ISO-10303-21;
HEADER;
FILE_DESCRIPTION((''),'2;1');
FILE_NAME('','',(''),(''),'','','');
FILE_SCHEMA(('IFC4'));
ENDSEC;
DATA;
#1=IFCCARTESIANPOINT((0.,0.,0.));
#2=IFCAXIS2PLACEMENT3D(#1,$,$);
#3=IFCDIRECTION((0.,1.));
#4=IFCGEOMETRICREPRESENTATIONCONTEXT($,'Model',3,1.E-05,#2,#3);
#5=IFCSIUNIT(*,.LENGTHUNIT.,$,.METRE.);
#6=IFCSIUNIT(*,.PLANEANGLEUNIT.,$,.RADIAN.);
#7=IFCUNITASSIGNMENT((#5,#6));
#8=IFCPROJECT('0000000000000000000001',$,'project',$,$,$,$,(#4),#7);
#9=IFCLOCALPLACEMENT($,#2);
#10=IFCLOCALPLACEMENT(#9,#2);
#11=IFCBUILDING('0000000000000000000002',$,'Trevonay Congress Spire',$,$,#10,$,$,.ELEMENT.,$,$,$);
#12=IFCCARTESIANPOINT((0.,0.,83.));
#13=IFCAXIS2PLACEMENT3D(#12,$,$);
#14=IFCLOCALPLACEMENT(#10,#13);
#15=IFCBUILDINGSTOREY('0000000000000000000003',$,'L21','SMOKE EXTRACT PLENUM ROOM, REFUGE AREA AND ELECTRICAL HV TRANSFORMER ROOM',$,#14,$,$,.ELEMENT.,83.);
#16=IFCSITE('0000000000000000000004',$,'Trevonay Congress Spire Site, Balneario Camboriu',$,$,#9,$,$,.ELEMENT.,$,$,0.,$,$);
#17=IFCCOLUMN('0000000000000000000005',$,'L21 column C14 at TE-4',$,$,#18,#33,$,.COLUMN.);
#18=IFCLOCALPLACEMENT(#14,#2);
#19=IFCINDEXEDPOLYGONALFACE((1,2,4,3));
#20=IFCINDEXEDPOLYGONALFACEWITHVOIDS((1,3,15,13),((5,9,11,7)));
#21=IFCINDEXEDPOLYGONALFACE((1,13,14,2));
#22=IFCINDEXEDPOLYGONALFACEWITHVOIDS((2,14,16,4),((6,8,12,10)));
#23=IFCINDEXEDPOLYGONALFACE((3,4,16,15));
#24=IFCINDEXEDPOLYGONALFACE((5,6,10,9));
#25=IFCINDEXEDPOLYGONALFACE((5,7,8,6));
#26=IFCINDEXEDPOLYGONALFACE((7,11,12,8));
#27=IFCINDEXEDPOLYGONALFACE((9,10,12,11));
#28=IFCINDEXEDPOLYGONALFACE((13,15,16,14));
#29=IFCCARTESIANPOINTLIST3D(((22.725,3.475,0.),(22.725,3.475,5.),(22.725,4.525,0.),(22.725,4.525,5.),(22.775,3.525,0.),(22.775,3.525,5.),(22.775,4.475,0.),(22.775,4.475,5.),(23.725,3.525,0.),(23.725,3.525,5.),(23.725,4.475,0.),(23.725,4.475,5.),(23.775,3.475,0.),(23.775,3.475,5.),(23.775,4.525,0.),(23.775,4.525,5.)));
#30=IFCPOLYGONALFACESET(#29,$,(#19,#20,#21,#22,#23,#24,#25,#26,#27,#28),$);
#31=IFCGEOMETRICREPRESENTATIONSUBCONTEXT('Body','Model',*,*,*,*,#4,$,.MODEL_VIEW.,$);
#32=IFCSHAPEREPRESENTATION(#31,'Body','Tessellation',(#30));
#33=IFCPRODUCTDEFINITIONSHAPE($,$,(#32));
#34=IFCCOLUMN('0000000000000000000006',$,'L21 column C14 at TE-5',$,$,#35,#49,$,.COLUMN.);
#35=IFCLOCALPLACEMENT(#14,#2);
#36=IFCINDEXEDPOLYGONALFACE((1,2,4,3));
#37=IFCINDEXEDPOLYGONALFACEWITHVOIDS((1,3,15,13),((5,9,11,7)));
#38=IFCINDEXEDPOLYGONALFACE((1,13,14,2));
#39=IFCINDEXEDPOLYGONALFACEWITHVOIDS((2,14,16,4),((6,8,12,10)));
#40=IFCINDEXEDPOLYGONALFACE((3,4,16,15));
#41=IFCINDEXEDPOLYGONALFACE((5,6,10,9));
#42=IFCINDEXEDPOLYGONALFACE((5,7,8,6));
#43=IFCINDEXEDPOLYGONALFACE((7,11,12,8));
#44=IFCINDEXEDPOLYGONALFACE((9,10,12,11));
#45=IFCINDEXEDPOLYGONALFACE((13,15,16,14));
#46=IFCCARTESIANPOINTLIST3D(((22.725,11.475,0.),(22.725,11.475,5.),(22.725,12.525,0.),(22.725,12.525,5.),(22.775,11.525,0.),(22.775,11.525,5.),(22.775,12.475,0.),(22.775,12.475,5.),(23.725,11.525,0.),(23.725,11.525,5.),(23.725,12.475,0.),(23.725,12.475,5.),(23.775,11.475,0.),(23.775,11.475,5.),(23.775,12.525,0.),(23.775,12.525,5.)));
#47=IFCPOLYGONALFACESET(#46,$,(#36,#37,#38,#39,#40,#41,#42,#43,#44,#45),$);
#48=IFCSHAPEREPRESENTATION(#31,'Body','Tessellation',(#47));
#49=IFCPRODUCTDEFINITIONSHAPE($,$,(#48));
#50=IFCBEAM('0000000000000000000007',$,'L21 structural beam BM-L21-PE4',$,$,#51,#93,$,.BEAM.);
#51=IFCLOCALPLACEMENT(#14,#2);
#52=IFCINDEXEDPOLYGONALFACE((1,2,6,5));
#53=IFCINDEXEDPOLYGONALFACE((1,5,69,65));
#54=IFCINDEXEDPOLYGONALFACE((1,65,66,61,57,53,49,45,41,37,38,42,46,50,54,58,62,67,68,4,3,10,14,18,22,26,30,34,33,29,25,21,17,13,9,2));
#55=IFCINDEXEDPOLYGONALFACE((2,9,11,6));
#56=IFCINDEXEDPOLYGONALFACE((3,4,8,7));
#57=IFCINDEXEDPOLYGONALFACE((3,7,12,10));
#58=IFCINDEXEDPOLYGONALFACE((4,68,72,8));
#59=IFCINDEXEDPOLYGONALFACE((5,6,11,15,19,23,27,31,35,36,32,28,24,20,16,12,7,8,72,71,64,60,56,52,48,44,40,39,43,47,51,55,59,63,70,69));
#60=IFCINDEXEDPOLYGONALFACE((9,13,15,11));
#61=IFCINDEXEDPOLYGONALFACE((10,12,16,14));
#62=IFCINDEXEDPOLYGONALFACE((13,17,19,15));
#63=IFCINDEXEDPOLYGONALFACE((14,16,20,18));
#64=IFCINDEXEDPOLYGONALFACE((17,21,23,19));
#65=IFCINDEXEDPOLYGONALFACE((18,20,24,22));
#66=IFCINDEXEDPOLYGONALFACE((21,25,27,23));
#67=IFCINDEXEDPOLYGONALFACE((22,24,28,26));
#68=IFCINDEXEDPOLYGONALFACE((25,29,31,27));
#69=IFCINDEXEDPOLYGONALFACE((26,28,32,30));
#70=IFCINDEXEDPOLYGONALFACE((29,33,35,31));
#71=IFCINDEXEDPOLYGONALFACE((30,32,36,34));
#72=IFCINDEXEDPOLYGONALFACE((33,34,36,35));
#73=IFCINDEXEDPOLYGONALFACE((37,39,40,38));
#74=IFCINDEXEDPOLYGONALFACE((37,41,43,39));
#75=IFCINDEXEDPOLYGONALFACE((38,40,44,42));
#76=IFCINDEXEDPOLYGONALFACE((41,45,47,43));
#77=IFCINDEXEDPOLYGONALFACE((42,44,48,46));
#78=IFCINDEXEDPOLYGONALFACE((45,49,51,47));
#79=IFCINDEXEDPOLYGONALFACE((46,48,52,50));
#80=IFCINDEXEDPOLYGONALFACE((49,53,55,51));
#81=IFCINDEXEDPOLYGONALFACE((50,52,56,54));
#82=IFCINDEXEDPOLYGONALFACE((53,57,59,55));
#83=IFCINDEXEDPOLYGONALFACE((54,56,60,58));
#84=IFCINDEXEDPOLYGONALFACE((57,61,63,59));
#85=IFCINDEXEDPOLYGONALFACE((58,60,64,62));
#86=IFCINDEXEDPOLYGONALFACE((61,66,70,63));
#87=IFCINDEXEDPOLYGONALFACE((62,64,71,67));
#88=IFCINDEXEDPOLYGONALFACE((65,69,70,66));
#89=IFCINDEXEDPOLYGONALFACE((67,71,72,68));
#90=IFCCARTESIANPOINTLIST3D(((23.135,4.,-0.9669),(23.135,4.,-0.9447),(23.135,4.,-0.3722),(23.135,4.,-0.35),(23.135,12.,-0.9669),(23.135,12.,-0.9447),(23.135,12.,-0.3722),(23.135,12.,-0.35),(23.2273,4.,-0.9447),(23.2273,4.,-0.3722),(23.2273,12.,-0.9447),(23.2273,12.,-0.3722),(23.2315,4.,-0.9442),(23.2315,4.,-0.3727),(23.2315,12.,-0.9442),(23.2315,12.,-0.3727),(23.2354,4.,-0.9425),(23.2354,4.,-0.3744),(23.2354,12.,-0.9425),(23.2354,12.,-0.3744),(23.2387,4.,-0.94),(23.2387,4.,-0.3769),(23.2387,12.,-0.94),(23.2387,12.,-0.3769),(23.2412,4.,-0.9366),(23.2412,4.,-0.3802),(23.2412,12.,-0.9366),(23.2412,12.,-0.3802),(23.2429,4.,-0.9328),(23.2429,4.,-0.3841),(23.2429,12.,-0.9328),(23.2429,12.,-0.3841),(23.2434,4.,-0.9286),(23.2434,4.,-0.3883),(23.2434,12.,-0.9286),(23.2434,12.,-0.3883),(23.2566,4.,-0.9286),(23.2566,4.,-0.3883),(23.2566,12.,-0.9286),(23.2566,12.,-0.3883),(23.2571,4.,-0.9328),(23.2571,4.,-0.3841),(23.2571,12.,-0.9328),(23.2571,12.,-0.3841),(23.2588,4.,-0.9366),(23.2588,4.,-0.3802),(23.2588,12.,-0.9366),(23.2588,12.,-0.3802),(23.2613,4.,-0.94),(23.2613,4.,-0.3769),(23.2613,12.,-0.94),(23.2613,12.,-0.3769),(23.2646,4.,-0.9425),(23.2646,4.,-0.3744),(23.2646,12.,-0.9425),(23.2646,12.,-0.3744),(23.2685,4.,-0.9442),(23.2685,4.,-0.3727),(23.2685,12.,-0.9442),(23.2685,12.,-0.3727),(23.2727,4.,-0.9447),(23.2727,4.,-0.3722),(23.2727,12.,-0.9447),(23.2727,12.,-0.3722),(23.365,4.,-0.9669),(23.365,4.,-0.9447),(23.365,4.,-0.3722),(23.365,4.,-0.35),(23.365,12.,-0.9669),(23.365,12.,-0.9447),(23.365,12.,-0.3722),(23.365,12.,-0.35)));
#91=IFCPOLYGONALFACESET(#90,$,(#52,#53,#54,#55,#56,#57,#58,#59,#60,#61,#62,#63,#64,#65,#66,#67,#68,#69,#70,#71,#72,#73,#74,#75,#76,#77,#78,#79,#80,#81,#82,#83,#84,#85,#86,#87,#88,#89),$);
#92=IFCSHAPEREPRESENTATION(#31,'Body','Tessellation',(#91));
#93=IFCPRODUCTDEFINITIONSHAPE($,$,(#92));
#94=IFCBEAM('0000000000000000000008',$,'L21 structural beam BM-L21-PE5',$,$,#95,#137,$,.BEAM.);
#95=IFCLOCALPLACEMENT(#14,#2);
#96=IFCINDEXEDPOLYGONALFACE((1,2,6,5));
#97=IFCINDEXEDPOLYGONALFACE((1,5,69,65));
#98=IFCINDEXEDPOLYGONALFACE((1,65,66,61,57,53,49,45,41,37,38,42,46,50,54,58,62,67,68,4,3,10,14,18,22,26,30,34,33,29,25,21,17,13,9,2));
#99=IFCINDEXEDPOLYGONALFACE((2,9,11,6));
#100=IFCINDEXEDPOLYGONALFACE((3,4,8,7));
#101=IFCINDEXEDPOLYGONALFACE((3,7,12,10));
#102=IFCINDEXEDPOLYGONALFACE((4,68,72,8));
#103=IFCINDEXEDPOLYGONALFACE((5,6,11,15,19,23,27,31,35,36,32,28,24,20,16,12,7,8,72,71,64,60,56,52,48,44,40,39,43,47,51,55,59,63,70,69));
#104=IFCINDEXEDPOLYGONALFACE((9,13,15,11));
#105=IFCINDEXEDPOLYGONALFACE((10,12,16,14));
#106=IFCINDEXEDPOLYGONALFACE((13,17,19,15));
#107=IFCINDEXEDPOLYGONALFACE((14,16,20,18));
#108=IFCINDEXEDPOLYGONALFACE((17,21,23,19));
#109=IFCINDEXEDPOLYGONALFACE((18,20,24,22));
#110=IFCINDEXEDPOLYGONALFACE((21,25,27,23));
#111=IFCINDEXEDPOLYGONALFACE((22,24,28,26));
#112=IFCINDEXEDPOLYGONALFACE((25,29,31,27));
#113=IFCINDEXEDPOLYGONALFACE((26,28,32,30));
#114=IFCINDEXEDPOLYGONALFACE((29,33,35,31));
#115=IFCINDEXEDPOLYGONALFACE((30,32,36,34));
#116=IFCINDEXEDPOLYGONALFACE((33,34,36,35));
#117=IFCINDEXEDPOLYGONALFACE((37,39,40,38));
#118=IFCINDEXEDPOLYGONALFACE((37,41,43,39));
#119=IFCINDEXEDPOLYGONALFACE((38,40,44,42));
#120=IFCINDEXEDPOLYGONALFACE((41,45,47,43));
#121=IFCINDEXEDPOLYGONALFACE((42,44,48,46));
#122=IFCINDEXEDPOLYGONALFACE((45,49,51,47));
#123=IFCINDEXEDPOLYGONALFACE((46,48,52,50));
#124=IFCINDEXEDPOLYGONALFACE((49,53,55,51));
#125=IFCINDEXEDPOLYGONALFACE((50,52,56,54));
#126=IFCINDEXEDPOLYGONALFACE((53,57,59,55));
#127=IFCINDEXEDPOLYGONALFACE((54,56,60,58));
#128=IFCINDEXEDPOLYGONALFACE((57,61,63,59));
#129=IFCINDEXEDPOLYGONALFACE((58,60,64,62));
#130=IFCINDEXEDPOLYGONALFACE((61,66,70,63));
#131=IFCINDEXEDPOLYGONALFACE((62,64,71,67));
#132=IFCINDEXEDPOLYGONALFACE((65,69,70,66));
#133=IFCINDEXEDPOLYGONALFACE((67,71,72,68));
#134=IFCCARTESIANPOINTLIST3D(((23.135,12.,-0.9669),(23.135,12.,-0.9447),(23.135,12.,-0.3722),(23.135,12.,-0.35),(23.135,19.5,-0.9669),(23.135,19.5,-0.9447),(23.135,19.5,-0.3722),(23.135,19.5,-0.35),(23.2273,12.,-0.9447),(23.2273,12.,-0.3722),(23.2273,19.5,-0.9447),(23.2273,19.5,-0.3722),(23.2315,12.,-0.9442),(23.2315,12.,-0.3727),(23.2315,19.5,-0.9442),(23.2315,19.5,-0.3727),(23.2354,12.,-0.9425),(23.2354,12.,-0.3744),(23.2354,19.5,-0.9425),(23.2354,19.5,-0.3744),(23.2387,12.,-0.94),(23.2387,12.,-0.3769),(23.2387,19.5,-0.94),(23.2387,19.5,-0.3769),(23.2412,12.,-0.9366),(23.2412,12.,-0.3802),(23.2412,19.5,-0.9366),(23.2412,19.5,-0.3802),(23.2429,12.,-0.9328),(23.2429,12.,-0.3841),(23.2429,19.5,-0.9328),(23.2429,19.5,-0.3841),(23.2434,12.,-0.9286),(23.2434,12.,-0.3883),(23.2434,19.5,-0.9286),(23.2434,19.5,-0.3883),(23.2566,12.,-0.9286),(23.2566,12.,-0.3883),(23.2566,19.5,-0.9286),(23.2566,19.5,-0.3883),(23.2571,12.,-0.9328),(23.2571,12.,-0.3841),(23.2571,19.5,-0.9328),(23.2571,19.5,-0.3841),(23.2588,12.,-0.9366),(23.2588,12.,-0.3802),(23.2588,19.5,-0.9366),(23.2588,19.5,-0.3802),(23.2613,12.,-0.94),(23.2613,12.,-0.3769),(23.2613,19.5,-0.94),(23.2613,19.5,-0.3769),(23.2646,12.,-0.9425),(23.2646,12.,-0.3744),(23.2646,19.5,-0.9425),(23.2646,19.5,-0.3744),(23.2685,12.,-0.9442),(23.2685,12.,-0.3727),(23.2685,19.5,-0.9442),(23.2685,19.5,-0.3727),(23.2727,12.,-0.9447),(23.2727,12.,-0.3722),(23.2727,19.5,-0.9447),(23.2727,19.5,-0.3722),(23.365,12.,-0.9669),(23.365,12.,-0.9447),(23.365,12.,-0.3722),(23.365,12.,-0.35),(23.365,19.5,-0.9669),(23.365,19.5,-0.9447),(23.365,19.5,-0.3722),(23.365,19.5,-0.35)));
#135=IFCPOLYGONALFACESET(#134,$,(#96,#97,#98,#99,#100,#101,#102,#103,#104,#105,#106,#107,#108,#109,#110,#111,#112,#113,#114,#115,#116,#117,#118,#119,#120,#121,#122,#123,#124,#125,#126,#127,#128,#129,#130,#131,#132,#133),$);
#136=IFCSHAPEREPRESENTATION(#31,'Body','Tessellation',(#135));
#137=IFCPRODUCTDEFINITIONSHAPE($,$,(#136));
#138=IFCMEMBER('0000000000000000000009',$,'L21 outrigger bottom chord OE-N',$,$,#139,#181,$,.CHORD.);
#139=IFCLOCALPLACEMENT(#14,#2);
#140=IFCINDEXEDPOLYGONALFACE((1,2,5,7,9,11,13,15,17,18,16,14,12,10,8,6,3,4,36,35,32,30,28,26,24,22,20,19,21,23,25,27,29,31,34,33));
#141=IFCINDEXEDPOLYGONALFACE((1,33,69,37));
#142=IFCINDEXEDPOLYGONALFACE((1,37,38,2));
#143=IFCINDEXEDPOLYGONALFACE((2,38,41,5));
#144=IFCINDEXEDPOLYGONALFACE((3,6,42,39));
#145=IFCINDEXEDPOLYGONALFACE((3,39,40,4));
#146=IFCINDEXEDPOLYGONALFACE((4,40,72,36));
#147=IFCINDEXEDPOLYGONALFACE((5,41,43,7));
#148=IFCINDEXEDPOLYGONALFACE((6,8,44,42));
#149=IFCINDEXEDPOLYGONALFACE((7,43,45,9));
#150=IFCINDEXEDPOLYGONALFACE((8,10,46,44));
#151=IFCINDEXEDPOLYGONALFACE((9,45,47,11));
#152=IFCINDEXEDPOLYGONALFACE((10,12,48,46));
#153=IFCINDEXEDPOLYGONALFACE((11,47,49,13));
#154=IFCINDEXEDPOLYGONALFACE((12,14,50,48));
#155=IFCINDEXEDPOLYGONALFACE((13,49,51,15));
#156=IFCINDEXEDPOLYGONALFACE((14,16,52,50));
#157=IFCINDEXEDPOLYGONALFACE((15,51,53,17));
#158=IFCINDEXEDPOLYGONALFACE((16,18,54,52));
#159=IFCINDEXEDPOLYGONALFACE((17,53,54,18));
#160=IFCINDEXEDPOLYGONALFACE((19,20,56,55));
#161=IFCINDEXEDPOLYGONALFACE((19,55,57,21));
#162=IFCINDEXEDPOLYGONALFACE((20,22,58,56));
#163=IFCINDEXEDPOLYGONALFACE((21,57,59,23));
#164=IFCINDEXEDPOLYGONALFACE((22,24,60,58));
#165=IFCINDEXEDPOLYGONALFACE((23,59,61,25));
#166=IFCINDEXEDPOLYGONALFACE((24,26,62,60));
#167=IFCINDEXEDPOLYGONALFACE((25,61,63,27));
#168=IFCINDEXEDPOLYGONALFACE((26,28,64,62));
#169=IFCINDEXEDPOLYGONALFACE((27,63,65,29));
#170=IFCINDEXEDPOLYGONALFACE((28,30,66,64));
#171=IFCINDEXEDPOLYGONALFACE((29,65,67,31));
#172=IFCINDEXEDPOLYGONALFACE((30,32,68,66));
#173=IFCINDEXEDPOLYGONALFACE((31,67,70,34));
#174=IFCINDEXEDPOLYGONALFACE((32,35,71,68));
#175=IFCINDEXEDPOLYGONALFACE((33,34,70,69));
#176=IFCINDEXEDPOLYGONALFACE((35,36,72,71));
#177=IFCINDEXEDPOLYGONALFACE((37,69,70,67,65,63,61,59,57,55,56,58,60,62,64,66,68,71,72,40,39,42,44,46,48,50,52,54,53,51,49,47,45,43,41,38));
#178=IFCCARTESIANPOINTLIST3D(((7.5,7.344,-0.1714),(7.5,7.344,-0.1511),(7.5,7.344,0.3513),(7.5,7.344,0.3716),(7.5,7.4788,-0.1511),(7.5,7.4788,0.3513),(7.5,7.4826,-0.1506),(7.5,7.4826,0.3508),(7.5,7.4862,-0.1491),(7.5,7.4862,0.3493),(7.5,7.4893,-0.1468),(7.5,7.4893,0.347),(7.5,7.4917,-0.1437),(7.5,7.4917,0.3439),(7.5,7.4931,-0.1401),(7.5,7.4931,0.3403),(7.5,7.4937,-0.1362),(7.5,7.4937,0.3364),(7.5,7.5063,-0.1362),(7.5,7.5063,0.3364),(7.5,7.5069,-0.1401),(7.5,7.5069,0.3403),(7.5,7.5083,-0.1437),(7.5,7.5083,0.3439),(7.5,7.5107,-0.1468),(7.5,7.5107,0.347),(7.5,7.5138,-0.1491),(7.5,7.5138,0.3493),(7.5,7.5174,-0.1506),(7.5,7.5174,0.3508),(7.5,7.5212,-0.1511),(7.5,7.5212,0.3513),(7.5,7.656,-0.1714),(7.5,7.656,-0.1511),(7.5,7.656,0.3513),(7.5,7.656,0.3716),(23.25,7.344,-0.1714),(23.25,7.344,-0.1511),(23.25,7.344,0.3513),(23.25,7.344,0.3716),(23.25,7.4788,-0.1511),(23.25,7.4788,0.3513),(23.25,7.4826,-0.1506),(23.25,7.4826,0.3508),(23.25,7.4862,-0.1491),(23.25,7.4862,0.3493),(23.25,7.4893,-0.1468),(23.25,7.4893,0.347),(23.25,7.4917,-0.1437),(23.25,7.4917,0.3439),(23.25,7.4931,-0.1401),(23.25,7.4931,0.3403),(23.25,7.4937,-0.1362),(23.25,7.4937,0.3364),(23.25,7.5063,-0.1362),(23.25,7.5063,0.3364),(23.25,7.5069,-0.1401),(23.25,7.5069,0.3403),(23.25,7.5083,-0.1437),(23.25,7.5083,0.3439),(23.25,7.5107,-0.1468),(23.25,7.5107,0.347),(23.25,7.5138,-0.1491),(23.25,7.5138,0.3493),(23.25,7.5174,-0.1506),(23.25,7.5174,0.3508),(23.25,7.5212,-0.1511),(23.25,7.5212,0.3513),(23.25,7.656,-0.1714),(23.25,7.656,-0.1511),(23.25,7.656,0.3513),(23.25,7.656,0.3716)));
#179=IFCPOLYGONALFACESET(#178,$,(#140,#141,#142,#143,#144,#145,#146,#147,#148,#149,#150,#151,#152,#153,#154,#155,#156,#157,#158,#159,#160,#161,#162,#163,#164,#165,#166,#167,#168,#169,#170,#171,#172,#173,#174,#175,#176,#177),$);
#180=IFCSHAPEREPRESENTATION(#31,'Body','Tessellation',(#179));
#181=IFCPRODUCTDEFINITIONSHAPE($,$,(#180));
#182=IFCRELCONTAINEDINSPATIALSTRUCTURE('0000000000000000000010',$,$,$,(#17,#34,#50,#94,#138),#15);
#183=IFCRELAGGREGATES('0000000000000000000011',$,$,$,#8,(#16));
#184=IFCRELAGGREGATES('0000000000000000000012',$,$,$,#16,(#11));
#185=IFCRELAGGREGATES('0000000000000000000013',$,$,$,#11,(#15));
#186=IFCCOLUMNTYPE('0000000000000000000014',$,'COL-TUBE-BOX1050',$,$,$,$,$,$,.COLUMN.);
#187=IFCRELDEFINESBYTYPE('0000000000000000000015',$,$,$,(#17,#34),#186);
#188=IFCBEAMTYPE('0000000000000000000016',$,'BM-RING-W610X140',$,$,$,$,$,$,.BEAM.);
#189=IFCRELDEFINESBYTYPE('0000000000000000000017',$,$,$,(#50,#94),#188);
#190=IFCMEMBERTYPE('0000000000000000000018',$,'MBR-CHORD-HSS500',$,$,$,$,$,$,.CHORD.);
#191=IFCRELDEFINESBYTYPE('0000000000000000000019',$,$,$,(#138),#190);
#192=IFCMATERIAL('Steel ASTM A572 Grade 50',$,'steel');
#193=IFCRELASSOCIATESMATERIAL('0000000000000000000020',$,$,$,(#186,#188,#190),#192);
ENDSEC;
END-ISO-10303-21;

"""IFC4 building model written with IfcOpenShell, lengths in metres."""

from ifc_helpers import new_model, si_unit, direction, frame, origin, origin_2d, place, context, subcontext, project, spatial, hollow_rectangle, i_section, extrude, material, material_profile, profile_set, type_object, element, save


model = new_model("IFC4")

# Units and contexts
model_context = context("Model", 3, precision=1e-05, world=origin(), true_north=direction((0.0, 1.0)))
body_context = subcontext(model_context, "Body", "Model", "MODEL_VIEW")
ifc_project = project(units=[si_unit("LENGTHUNIT", "METRE"), si_unit("PLANEANGLEUNIT", "RADIAN")], contexts=[model_context])

# Site, building, storey
site_placement = place(None, origin())
site = spatial("IfcSite", under=ifc_project, at=site_placement, Name="Trevonay Congress Spire Site, Balneario Camboriu", CompositionType="ELEMENT", RefElevation=0.0)
building_placement = place(site_placement, origin())
building = spatial("IfcBuilding", under=site, at=building_placement, Name="Trevonay Congress Spire", CompositionType="ELEMENT")
storey_placement = place(building_placement, frame((0.0, 0.0, 83.0)))
storey = spatial("IfcBuildingStorey", under=building, at=storey_placement, Name="L21", Description="SMOKE EXTRACT PLENUM ROOM, REFUGE AREA AND ELECTRICAL HV TRANSFORMER ROOM", CompositionType="ELEMENT", Elevation=83.0)

# Columns
ifc_material_1 = material(Name="Steel ASTM A572 Grade 50", Category="steel")
ifc_material_profile_1 = material_profile(ifc_material_1, hollow_rectangle(XDim=1.05, YDim=1.05, WallThickness=0.05, at=origin_2d()), Name="BOX 1050x1050x50")
ifc_profile_set_1 = profile_set([ifc_material_profile_1], Name="Steel ASTM A572 Grade 50")
column_type = type_object("IfcColumnType", Name="COL-TUBE-BOX1050", PredefinedType="COLUMN", material=ifc_profile_set_1)
for number, where, z_axis, x_axis, name in (
    (1, (23.25, 4.0, 0.0), (0.0, 0.0, 1.0), (1.0, 0.0, 0.0), "L21 column C14 at TE-4"),
    (2, (23.25, 12.0, 0.0), (0.0, 0.0, 1.0), (1.0, 0.0, 0.0), "L21 column C14 at TE-5"),
):
    element("IfcColumn", number, at=place(storey_placement, frame(where, z_axis=z_axis, x_axis=x_axis)), inside=storey, type_object=column_type, Name=name, PredefinedType="COLUMN", context=body_context, shape_type="SweptSolid", body=[
        extrude(hollow_rectangle(XDim=1.05, YDim=1.05, WallThickness=0.05, at=origin_2d()), origin(), (0.0, 0.0, 1.0), 5.0),
    ])

# Beams
ifc_material_profile_2 = material_profile(ifc_material_1, i_section(OverallWidth=0.23, OverallDepth=0.6169, WebThickness=0.0132, FlangeThickness=0.0222, FilletRadius=0.0161, at=origin_2d()), Name="W610x140")
ifc_profile_set_2 = profile_set([ifc_material_profile_2], Name="Steel ASTM A572 Grade 50")
beam_type = type_object("IfcBeamType", Name="BM-RING-W610X140", PredefinedType="BEAM", material=ifc_profile_set_2)
beam_1_placement = place(storey_placement, frame((23.25, 4.0, -0.6584), z_axis=(0.0, 1.0, 0.0), x_axis=(-1.0, 0.0, 0.0)))
element("IfcBeam", 3, at=beam_1_placement, inside=storey, type_object=beam_type, Name="L21 structural beam BM-L21-PE4", PredefinedType="BEAM", context=body_context, shape_type="SweptSolid", body=[
    extrude(i_section(OverallWidth=0.23, OverallDepth=0.6169, WebThickness=0.0132, FlangeThickness=0.0222, FilletRadius=0.0161, at=origin_2d()), origin(), (0.0, 0.0, 1.0), 8.0),
])
beam_2_placement = place(storey_placement, frame((23.25, 12.0, -0.6584), z_axis=(0.0, 1.0, 0.0), x_axis=(-1.0, 0.0, 0.0)))
element("IfcBeam", 4, at=beam_2_placement, inside=storey, type_object=beam_type, Name="L21 structural beam BM-L21-PE5", PredefinedType="BEAM", context=body_context, shape_type="SweptSolid", body=[
    extrude(i_section(OverallWidth=0.23, OverallDepth=0.6169, WebThickness=0.0132, FlangeThickness=0.0222, FilletRadius=0.0161, at=origin_2d()), origin(), (0.0, 0.0, 1.0), 7.5),
])

# Member
ifc_material_profile_3 = material_profile(ifc_material_1, i_section(OverallWidth=0.312, OverallDepth=0.543, WebThickness=0.0127, FlangeThickness=0.0203, FilletRadius=0.0149, at=origin_2d()), Name="W530x150")
ifc_profile_set_3 = profile_set([ifc_material_profile_3], Name="Steel ASTM A572 Grade 50")
member_type_1 = type_object("IfcMemberType", Name="MBR-CHORD-HSS500", PredefinedType="CHORD", material=ifc_profile_set_3)
member_1_placement = place(storey_placement, frame((7.5, 7.5, 0.1001), z_axis=(1.0, 0.0, 0.0), x_axis=(0.0, 1.0, 0.0)))
element("IfcMember", 5, at=member_1_placement, inside=storey, type_object=member_type_1, Name="L21 outrigger bottom chord OE-N", PredefinedType="CHORD", context=body_context, shape_type="SweptSolid", body=[
    extrude(i_section(OverallWidth=0.312, OverallDepth=0.543, WebThickness=0.0127, FlangeThickness=0.0203, FilletRadius=0.0149, at=origin_2d()), origin(), (0.0, 0.0, 1.0), 15.75),
])

save(model, "model.ifc")
